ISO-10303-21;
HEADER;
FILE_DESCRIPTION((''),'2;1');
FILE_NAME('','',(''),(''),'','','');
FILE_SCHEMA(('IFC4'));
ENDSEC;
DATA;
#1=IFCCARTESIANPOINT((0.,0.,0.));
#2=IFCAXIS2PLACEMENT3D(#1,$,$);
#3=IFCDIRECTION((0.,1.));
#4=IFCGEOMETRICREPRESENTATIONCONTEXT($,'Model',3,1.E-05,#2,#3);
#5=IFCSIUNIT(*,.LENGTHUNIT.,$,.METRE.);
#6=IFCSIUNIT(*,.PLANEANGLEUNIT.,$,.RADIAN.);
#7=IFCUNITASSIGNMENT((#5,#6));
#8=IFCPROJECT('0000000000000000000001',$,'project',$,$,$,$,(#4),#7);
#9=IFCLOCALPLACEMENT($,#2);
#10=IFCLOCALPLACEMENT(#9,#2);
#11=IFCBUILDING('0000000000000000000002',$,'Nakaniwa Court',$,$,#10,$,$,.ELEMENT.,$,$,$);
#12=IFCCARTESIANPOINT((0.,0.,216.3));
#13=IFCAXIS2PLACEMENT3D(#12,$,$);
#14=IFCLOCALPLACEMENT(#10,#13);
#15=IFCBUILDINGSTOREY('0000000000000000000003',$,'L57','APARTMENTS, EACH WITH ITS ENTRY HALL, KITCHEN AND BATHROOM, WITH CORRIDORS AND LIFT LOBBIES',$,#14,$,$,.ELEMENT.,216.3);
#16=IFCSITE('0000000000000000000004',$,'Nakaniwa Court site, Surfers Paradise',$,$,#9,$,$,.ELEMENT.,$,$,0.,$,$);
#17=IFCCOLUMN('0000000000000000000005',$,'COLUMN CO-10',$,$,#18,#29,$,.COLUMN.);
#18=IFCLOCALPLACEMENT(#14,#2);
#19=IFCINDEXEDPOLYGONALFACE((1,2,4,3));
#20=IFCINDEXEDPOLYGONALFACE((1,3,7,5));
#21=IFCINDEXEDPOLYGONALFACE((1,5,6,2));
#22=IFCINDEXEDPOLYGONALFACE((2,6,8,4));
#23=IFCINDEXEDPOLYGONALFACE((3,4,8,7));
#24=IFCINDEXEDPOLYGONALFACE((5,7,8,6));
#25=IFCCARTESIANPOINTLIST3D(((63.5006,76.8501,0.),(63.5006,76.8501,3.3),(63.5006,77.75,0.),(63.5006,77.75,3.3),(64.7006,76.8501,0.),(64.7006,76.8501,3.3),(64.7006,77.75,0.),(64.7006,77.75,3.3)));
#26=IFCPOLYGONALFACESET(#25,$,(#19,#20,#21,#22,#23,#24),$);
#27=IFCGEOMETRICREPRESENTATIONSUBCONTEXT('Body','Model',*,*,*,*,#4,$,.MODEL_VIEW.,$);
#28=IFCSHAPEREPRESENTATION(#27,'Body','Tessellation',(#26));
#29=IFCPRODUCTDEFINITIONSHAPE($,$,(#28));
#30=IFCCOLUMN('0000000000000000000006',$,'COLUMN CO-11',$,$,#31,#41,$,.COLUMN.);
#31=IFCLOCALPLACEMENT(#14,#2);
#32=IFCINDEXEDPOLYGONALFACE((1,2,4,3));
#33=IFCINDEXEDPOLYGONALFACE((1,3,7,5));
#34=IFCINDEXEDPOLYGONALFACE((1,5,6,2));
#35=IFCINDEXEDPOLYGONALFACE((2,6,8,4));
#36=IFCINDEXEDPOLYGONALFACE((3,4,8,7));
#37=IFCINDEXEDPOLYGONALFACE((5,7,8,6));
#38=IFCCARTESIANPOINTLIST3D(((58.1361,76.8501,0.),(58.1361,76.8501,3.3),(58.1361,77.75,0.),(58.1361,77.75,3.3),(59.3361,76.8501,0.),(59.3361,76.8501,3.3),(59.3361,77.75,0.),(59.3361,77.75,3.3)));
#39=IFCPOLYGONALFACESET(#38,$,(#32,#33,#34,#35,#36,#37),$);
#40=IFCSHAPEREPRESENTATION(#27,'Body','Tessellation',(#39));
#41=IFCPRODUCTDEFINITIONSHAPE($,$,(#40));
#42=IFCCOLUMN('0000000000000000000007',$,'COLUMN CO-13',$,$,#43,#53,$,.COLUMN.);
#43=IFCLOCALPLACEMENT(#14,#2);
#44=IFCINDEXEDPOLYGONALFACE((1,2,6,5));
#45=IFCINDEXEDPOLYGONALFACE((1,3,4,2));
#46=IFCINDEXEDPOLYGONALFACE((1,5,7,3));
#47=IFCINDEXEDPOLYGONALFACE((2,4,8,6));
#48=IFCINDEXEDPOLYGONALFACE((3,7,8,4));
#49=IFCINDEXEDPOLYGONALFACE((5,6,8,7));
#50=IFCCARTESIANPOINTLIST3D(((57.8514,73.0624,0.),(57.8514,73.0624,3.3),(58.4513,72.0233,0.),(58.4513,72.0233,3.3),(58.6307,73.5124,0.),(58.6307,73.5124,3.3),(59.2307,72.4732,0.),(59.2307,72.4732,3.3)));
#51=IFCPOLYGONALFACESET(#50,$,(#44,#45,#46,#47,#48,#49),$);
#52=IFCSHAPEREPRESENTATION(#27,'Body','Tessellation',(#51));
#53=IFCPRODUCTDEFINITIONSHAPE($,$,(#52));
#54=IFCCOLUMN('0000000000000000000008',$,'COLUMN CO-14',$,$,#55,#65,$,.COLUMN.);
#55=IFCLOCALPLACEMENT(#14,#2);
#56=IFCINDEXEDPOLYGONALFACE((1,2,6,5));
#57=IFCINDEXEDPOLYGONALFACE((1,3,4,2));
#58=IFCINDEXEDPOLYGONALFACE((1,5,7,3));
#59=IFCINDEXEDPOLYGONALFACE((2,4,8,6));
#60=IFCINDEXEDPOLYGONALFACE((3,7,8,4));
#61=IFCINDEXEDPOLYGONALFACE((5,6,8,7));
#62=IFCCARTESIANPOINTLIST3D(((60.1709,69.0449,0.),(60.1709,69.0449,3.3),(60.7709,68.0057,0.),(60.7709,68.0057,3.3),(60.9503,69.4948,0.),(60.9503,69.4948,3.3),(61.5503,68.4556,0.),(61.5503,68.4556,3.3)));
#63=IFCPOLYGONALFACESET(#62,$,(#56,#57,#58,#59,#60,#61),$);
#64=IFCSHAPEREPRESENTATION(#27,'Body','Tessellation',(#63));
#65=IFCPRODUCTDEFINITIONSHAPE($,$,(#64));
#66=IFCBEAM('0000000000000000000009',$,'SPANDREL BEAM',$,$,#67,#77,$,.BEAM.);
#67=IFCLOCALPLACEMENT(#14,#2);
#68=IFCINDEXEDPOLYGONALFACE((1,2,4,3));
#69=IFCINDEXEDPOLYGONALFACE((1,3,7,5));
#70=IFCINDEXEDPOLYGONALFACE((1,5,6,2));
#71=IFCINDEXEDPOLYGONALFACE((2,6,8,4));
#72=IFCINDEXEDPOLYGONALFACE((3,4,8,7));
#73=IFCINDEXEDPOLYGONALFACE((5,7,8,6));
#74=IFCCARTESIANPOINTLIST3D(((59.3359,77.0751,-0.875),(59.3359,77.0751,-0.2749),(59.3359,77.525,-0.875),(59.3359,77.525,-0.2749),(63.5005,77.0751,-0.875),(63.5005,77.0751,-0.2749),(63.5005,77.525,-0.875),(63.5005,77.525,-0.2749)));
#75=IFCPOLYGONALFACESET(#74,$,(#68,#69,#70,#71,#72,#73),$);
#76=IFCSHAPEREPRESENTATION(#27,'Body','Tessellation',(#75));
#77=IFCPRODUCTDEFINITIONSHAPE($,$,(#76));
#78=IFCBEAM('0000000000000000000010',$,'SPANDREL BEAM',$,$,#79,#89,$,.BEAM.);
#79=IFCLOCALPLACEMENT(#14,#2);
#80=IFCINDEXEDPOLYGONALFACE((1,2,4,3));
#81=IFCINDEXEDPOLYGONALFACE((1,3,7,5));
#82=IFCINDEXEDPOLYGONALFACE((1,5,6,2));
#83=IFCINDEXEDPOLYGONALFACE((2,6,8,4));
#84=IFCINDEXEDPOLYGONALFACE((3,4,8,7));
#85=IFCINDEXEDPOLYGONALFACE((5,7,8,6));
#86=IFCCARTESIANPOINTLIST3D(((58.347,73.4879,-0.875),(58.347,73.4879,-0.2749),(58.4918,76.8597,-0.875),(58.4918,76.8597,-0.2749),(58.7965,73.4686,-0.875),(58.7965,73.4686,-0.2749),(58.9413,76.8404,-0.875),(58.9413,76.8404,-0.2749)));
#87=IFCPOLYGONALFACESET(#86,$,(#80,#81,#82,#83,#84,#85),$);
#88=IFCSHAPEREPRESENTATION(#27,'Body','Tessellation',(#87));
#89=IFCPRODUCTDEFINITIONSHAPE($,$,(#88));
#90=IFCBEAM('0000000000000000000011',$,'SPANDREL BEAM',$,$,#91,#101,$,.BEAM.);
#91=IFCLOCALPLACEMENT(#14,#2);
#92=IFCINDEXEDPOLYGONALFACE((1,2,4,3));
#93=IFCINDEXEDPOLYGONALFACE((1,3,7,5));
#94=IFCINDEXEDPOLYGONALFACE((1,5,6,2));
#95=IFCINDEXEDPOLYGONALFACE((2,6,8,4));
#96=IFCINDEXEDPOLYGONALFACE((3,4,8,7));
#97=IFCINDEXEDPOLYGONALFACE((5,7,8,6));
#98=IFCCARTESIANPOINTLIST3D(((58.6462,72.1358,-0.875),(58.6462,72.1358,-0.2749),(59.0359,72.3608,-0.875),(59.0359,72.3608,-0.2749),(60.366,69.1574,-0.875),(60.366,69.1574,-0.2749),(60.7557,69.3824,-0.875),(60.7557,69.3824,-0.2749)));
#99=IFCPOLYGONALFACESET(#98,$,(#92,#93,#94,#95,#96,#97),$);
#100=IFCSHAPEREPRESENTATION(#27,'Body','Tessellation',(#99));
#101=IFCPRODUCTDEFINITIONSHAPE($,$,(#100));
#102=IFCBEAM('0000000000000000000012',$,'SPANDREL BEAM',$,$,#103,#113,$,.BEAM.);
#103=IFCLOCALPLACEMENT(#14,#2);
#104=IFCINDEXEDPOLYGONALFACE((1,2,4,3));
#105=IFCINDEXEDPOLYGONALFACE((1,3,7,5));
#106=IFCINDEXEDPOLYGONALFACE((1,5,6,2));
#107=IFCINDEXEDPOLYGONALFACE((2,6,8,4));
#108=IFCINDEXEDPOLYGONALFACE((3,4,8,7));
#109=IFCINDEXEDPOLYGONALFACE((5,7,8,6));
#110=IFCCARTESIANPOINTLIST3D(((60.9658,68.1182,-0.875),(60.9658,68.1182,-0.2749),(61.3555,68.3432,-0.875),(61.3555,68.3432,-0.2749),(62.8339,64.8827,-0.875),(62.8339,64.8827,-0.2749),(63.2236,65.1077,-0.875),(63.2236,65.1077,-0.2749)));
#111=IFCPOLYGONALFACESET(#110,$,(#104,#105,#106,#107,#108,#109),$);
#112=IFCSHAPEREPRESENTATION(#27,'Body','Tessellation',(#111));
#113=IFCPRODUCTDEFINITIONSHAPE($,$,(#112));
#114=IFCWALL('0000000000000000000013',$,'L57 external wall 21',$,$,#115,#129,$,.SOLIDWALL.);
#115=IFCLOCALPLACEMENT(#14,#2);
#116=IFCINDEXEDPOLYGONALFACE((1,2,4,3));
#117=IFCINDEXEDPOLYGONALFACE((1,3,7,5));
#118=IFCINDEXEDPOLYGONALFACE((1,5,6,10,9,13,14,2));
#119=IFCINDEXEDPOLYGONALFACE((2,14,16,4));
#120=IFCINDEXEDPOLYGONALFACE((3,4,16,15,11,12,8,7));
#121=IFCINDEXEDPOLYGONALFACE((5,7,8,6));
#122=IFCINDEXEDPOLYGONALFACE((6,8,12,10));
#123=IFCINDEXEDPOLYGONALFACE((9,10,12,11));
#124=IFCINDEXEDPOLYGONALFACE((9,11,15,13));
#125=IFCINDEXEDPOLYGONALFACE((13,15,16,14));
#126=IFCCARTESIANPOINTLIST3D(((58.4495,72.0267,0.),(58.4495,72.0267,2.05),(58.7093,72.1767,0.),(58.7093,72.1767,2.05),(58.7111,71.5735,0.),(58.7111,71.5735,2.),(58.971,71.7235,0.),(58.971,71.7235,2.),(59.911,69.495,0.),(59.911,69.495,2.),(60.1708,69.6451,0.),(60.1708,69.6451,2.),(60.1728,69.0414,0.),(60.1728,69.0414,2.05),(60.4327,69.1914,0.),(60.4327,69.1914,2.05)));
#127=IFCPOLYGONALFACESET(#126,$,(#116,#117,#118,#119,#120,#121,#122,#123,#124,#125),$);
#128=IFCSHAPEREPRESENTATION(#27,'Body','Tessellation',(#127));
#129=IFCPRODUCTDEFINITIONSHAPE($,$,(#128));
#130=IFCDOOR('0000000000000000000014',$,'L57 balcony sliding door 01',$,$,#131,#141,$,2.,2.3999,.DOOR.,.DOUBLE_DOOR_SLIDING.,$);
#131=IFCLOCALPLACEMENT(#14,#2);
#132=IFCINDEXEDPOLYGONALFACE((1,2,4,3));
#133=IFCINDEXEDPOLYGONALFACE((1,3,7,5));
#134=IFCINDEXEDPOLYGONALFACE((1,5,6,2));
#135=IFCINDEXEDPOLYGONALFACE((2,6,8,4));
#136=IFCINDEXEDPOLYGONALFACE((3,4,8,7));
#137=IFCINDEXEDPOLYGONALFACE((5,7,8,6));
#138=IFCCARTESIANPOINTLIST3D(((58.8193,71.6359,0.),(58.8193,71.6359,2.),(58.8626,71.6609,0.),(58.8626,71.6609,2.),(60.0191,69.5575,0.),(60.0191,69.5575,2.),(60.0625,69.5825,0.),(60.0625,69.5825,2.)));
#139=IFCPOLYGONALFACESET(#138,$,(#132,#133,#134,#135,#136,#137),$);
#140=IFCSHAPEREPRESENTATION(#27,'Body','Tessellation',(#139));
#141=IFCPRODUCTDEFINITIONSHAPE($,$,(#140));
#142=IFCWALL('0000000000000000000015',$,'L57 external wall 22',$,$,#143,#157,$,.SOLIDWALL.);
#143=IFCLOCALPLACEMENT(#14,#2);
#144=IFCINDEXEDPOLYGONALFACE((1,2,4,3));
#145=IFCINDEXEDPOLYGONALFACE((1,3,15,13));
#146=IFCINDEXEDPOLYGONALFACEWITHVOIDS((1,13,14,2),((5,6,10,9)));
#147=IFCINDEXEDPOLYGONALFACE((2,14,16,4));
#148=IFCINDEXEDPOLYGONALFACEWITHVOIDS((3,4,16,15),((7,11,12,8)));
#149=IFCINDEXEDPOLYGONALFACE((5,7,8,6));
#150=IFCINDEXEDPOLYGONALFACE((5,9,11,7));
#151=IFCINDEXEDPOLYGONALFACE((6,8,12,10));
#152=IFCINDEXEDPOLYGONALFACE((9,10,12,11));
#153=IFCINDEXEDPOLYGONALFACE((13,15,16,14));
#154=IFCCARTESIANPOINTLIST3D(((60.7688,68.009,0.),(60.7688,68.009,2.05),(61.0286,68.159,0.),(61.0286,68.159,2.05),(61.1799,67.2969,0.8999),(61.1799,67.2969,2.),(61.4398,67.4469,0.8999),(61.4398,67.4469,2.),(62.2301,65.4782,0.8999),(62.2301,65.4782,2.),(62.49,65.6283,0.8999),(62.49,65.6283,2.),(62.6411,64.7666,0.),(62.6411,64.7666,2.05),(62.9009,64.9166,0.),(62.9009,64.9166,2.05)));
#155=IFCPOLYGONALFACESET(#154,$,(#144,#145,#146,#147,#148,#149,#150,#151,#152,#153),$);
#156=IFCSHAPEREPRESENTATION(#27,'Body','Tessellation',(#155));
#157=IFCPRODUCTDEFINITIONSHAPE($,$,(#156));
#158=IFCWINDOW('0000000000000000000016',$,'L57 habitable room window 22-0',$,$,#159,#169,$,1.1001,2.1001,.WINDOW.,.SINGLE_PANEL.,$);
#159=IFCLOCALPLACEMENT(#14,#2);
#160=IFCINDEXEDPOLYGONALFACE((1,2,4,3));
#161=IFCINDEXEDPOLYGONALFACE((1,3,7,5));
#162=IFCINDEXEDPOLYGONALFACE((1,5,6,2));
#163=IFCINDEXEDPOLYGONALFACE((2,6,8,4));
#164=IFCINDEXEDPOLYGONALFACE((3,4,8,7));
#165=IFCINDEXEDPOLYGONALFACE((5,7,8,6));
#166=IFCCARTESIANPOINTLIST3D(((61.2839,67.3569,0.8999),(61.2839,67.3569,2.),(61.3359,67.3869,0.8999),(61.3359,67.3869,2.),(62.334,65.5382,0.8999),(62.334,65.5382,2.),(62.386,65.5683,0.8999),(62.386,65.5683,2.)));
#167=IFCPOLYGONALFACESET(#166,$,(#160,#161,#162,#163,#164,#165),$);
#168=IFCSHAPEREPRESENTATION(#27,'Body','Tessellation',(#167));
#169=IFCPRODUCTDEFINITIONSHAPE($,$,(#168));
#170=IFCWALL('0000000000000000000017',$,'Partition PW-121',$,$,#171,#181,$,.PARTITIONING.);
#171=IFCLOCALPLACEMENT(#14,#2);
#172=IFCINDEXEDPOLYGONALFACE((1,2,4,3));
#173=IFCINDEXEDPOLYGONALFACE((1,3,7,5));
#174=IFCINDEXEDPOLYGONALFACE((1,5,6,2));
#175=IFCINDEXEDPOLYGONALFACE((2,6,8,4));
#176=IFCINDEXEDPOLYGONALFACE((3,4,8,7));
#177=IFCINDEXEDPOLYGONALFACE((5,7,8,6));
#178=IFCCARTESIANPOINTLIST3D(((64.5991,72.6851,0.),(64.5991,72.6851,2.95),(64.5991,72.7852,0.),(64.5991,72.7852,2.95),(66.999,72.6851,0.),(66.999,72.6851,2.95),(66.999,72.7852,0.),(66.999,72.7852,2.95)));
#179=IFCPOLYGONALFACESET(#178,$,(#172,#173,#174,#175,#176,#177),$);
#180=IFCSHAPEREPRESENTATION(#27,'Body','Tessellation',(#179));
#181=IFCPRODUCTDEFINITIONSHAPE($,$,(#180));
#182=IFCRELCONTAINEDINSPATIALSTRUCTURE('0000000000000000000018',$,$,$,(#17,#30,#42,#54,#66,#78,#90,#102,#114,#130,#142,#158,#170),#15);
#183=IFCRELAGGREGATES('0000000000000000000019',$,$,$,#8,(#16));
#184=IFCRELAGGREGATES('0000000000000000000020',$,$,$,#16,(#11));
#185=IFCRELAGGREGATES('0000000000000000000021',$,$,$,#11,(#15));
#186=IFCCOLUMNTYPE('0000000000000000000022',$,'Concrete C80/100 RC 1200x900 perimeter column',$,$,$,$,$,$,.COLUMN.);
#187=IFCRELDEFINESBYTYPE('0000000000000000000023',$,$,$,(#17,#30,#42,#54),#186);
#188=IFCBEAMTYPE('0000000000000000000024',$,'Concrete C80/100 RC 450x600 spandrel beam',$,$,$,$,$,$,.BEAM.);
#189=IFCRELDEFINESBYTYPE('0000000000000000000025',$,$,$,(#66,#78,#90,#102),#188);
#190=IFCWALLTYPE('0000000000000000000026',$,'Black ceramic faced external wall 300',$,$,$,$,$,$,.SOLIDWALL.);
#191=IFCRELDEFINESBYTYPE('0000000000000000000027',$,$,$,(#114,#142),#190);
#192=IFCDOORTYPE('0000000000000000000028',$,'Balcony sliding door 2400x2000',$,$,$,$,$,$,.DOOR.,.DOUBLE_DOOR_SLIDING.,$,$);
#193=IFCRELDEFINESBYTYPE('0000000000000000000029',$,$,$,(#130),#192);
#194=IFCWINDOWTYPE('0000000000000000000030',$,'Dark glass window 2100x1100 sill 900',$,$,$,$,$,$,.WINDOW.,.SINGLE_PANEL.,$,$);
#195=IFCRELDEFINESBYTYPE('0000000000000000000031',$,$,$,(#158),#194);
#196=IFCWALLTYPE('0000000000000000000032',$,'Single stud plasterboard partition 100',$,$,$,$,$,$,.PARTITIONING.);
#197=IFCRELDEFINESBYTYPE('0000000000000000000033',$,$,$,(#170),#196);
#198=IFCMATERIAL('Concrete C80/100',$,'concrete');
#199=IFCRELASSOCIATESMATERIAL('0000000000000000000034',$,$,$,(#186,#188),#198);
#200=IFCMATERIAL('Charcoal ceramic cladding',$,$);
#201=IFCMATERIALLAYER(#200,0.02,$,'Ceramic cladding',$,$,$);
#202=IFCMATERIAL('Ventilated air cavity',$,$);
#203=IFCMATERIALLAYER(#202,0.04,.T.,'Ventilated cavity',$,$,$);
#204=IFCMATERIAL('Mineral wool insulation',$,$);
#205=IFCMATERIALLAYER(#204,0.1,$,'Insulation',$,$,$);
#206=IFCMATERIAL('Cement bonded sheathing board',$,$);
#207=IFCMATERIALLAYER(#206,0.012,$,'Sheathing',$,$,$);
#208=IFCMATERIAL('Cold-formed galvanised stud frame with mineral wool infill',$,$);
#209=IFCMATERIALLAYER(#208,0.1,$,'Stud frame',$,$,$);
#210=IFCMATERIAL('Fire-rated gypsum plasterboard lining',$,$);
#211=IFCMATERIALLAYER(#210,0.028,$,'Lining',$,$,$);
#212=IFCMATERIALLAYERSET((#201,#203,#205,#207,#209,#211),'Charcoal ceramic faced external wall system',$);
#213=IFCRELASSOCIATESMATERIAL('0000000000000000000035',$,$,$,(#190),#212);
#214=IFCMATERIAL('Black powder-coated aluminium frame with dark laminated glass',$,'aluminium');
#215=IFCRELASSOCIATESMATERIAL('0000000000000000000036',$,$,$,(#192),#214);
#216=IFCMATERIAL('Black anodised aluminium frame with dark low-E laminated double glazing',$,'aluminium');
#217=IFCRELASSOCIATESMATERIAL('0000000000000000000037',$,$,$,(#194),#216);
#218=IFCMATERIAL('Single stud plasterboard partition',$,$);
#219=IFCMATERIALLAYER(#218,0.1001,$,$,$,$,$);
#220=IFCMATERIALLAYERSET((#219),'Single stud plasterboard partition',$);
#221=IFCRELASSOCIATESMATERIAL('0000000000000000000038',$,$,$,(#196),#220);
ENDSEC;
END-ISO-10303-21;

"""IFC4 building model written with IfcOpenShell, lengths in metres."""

from ifc_helpers import new_model, si_unit, direction, frame, frame_2d, origin, origin_2d, place, context, subcontext, project, spatial, rectangle, extrude, material, layer, layer_set, material_profile, profile_set, type_object, element, fill, save


model = new_model("IFC4")

# Units and contexts
model_context = context("Model", 3, precision=1e-05, world=origin(), true_north=direction((0.0, 1.0)))
body_context = subcontext(model_context, "Body", "Model", "MODEL_VIEW")
ifc_project = project(units=[si_unit("LENGTHUNIT", "METRE"), si_unit("PLANEANGLEUNIT", "RADIAN")], contexts=[model_context])

# Site, building, storey
site_placement = place(None, origin())
site = spatial("IfcSite", under=ifc_project, at=site_placement, Name="Nakaniwa Court site, Surfers Paradise", CompositionType="ELEMENT", RefElevation=0.0)
building_placement = place(site_placement, origin())
building = spatial("IfcBuilding", under=site, at=building_placement, Name="Nakaniwa Court", CompositionType="ELEMENT")
storey_placement = place(building_placement, frame((0.0, 0.0, 216.3)))
storey = spatial("IfcBuildingStorey", under=building, at=storey_placement, Name="L57", Description="APARTMENTS, EACH WITH ITS ENTRY HALL, KITCHEN AND BATHROOM, WITH CORRIDORS AND LIFT LOBBIES", CompositionType="ELEMENT", Elevation=216.3)

# Columns
ifc_material_1 = material(Name="Concrete C80/100", Category="concrete")
ifc_material_profile_1 = material_profile(ifc_material_1, rectangle(XDim=1.2, YDim=0.8999, at=origin_2d()), Name="Concrete C80/100 RC 1200x900 perimeter column")
ifc_profile_set_1 = profile_set([ifc_material_profile_1], Name="Concrete C80/100")
column_type = type_object("IfcColumnType", Name="Concrete C80/100 RC 1200x900 perimeter column", PredefinedType="COLUMN", material=ifc_profile_set_1)
for number, where, z_axis, x_axis, name in (
    (1, (64.1006, 77.3, 0.0), (0.0, 0.0, 1.0), (-1.0, 0.0, 0.0), "COLUMN CO-10"),
    (2, (58.7361, 77.3, 0.0), (0.0, 0.0, 1.0), (-1.0, 0.0, 0.0), "COLUMN CO-11"),
    (3, (58.541, 72.7678, 0.0), (0.0, 0.0, 1.0), (0.5, -0.866025, 0.0), "COLUMN CO-13"),
    (4, (60.8606, 68.7502, 0.0), (0.0, 0.0, 1.0), (0.5, -0.866025, 0.0), "COLUMN CO-14"),
):
    element("IfcColumn", number, at=place(storey_placement, frame(where, z_axis=z_axis, x_axis=x_axis)), inside=storey, type_object=column_type, Name=name, PredefinedType="COLUMN", context=body_context, shape_type="SweptSolid", body=[
        extrude(rectangle(XDim=1.2, YDim=0.8999, at=origin_2d()), origin(), (0.0, 0.0, 1.0), 3.3),
    ])

# Beams
ifc_material_profile_2 = material_profile(ifc_material_1, rectangle(XDim=0.45, YDim=0.6001, at=origin_2d()), Name="Concrete C80/100 RC 450x600 spandrel beam")
ifc_profile_set_2 = profile_set([ifc_material_profile_2], Name="Concrete C80/100")
beam_type = type_object("IfcBeamType", Name="Concrete C80/100 RC 450x600 spandrel beam", PredefinedType="BEAM", material=ifc_profile_set_2)
beam_1_placement = place(storey_placement, frame((63.5005, 77.3, -0.575), z_axis=(-1.0, 0.0, 0.0), x_axis=(0.0, -1.0, 0.0)))
element("IfcBeam", 5, at=beam_1_placement, inside=storey, type_object=beam_type, Name="SPANDREL BEAM", PredefinedType="BEAM", context=body_context, shape_type="SweptSolid", body=[
    extrude(rectangle(XDim=0.45, YDim=0.6001, at=origin_2d()), origin(), (0.0, 0.0, 1.0), 4.1646),
])
beam_2_placement = place(storey_placement, frame((58.7166, 76.8501, -0.575), z_axis=(-0.042897, -0.999079, 0.0), x_axis=(0.999079, -0.042897, 0.0)))
element("IfcBeam", 6, at=beam_2_placement, inside=storey, type_object=beam_type, Name="SPANDREL BEAM", PredefinedType="BEAM", context=body_context, shape_type="SweptSolid", body=[
    extrude(rectangle(XDim=0.45, YDim=0.6001, at=origin_2d()), origin(), (0.0, 0.0, 1.0), 3.375),
])
beam_3_placement = place(storey_placement, frame((58.8411, 72.2483, -0.575), z_axis=(0.500048, -0.865998, 0.0), x_axis=(0.865998, 0.500048, 0.0)))
element("IfcBeam", 7, at=beam_3_placement, inside=storey, type_object=beam_type, Name="SPANDREL BEAM", PredefinedType="BEAM", context=body_context, shape_type="SweptSolid", body=[
    extrude(rectangle(XDim=0.45, YDim=0.6001, at=origin_2d()), origin(), (0.0, 0.0, 1.0), 3.4392),
])
beam_4_placement = place(storey_placement, frame((61.1606, 68.2307, -0.575), z_axis=(0.500018, -0.866015, 0.0), x_axis=(0.866015, 0.500018, 0.0)))
element("IfcBeam", 8, at=beam_4_placement, inside=storey, type_object=beam_type, Name="SPANDREL BEAM", PredefinedType="BEAM", context=body_context, shape_type="SweptSolid", body=[
    extrude(rectangle(XDim=0.45, YDim=0.6001, at=origin_2d()), origin(), (0.0, 0.0, 1.0), 3.7361),
])

# Wall, opening, door
ifc_material_2 = material(Name="Charcoal ceramic cladding")
ifc_layer_1 = layer(ifc_material_2, 0.02, Name="Ceramic cladding")
ifc_material_3 = material(Name="Ventilated air cavity")
ifc_layer_2 = layer(ifc_material_3, 0.04, ventilated=True, Name="Ventilated cavity")
ifc_material_4 = material(Name="Mineral wool insulation")
ifc_layer_3 = layer(ifc_material_4, 0.1, Name="Insulation")
ifc_material_5 = material(Name="Cement bonded sheathing board")
ifc_layer_4 = layer(ifc_material_5, 0.012, Name="Sheathing")
ifc_material_6 = material(Name="Cold-formed galvanised stud frame with mineral wool infill")
ifc_layer_5 = layer(ifc_material_6, 0.1, Name="Stud frame")
ifc_material_7 = material(Name="Fire-rated gypsum plasterboard lining")
ifc_layer_6 = layer(ifc_material_7, 0.028, Name="Lining")
ifc_layer_set_1 = layer_set([ifc_layer_1, ifc_layer_2, ifc_layer_3, ifc_layer_4, ifc_layer_5, ifc_layer_6], Name="Charcoal ceramic faced external wall system")
wall_type_1 = type_object("IfcWallType", Name="Black ceramic faced external wall 300", PredefinedType="SOLIDWALL", material=ifc_layer_set_1)
wall_1_placement = place(storey_placement, frame((58.5793, 72.1018, 0.0), z_axis=(0.0, 0.0, 1.0), x_axis=(0.499955, -0.866051, 0.0)))
wall_1 = element("IfcWall", 9, at=wall_1_placement, inside=storey, type_object=wall_type_1, Name="L57 external wall 21", PredefinedType="SOLIDWALL", context=body_context, shape_type="SweptSolid", body=[
    extrude(rectangle(XDim=3.447, YDim=0.3, at=frame_2d((1.7236, 0.0))), origin(), (0.0, 0.0, 1.0), 2.05),
])
opening_1_placement = place(wall_1_placement, frame((0.5234, 0.0, 0.0)))
opening_1 = element("IfcOpeningElement", 10, at=opening_1_placement, cuts=wall_1, PredefinedType="OPENING", context=body_context, shape_type="SweptSolid", body=[
    extrude(rectangle(XDim=2.3999, YDim=2.0, at=frame_2d((1.2, 1.0))), frame((0.0, 0.1599, 0.0), z_axis=(0.0, -1.0, 0.0), x_axis=(1.0, 0.0, 0.0)), (0.0, 0.0, 1.0), 0.3201),
])
ifc_material_8 = material(Name="Black powder-coated aluminium frame with dark laminated glass", Category="aluminium")
door_type_1 = type_object("IfcDoorType", Name="Balcony sliding door 2400x2000", OperationType="DOUBLE_DOOR_SLIDING", PredefinedType="DOOR", material=ifc_material_8)
door_1_placement = place(opening_1_placement, origin())
door_1 = element("IfcDoor", 11, at=door_1_placement, inside=storey, type_object=door_type_1, Name="L57 balcony sliding door 01", OperationType="DOUBLE_DOOR_SLIDING", OverallHeight=2.0, OverallWidth=2.3999, PredefinedType="DOOR", context=body_context, shape_type="SweptSolid", body=[
    extrude(rectangle(XDim=2.3999, YDim=2.0, at=frame_2d((1.2, 1.0))), frame((0.0, 0.0249, 0.0), z_axis=(0.0, -1.0, 0.0), x_axis=(1.0, 0.0, 0.0)), (0.0, 0.0, 1.0), 0.05),
])
fill(opening_1, door_1)

# Wall, opening, window
wall_2_placement = place(storey_placement, frame((60.8987, 68.084, 0.0), z_axis=(0.0, 0.0, 1.0), x_axis=(0.500059, -0.865991, 0.0)))
wall_2 = element("IfcWall", 12, at=wall_2_placement, inside=storey, type_object=wall_type_1, Name="L57 external wall 22", PredefinedType="SOLIDWALL", context=body_context, shape_type="SweptSolid", body=[
    extrude(rectangle(XDim=3.7441, YDim=0.3, at=frame_2d((1.8721, 0.0))), origin(), (0.0, 0.0, 1.0), 2.05),
])
opening_2_placement = place(wall_2_placement, frame((0.8223, 0.0, 0.8999)))
opening_2 = element("IfcOpeningElement", 13, at=opening_2_placement, cuts=wall_2, PredefinedType="OPENING", context=body_context, shape_type="SweptSolid", body=[
    extrude(rectangle(XDim=2.1001, YDim=1.1001, at=frame_2d((1.05, 0.55))), frame((0.0, 0.1599, 0.0), z_axis=(0.0, -1.0, 0.0), x_axis=(1.0, 0.0, 0.0)), (0.0, 0.0, 1.0), 0.3201),
])
ifc_material_9 = material(Name="Black anodised aluminium frame with dark low-E laminated double glazing", Category="aluminium")
window_type = type_object("IfcWindowType", Name="Dark glass window 2100x1100 sill 900", PartitioningType="SINGLE_PANEL", PredefinedType="WINDOW", material=ifc_material_9)
window_placement = place(opening_2_placement, origin())
window = element("IfcWindow", 14, at=window_placement, inside=storey, type_object=window_type, Name="L57 habitable room window 22-0", OverallHeight=1.1001, OverallWidth=2.1001, PartitioningType="SINGLE_PANEL", PredefinedType="WINDOW", context=body_context, shape_type="SweptSolid", body=[
    extrude(rectangle(XDim=2.1001, YDim=1.1001, at=frame_2d((1.05, 0.55))), frame((0.0, 0.03, 0.0), z_axis=(0.0, -1.0, 0.0), x_axis=(1.0, 0.0, 0.0)), (0.0, 0.0, 1.0), 0.0601),
])
fill(opening_2, window)

# Wall
ifc_material_10 = material(Name="Single stud plasterboard partition")
ifc_layer_7 = layer(ifc_material_10, 0.1001)
ifc_layer_set_2 = layer_set([ifc_layer_7], Name="Single stud plasterboard partition")
wall_type_2 = type_object("IfcWallType", Name="Single stud plasterboard partition 100", PredefinedType="PARTITIONING", material=ifc_layer_set_2)
wall_3_placement = place(storey_placement, frame((64.5991, 72.7351, 0.0), z_axis=(0.0, 0.0, 1.0), x_axis=(1.0, 0.0, 0.0)))
element("IfcWall", 15, at=wall_3_placement, inside=storey, type_object=wall_type_2, Name="Partition PW-121", PredefinedType="PARTITIONING", context=body_context, shape_type="SweptSolid", body=[
    extrude(rectangle(XDim=2.3999, YDim=0.1001, at=frame_2d((1.2, 0.0))), origin(), (0.0, 0.0, 1.0), 2.95),
])

save(model, "model.ifc")
